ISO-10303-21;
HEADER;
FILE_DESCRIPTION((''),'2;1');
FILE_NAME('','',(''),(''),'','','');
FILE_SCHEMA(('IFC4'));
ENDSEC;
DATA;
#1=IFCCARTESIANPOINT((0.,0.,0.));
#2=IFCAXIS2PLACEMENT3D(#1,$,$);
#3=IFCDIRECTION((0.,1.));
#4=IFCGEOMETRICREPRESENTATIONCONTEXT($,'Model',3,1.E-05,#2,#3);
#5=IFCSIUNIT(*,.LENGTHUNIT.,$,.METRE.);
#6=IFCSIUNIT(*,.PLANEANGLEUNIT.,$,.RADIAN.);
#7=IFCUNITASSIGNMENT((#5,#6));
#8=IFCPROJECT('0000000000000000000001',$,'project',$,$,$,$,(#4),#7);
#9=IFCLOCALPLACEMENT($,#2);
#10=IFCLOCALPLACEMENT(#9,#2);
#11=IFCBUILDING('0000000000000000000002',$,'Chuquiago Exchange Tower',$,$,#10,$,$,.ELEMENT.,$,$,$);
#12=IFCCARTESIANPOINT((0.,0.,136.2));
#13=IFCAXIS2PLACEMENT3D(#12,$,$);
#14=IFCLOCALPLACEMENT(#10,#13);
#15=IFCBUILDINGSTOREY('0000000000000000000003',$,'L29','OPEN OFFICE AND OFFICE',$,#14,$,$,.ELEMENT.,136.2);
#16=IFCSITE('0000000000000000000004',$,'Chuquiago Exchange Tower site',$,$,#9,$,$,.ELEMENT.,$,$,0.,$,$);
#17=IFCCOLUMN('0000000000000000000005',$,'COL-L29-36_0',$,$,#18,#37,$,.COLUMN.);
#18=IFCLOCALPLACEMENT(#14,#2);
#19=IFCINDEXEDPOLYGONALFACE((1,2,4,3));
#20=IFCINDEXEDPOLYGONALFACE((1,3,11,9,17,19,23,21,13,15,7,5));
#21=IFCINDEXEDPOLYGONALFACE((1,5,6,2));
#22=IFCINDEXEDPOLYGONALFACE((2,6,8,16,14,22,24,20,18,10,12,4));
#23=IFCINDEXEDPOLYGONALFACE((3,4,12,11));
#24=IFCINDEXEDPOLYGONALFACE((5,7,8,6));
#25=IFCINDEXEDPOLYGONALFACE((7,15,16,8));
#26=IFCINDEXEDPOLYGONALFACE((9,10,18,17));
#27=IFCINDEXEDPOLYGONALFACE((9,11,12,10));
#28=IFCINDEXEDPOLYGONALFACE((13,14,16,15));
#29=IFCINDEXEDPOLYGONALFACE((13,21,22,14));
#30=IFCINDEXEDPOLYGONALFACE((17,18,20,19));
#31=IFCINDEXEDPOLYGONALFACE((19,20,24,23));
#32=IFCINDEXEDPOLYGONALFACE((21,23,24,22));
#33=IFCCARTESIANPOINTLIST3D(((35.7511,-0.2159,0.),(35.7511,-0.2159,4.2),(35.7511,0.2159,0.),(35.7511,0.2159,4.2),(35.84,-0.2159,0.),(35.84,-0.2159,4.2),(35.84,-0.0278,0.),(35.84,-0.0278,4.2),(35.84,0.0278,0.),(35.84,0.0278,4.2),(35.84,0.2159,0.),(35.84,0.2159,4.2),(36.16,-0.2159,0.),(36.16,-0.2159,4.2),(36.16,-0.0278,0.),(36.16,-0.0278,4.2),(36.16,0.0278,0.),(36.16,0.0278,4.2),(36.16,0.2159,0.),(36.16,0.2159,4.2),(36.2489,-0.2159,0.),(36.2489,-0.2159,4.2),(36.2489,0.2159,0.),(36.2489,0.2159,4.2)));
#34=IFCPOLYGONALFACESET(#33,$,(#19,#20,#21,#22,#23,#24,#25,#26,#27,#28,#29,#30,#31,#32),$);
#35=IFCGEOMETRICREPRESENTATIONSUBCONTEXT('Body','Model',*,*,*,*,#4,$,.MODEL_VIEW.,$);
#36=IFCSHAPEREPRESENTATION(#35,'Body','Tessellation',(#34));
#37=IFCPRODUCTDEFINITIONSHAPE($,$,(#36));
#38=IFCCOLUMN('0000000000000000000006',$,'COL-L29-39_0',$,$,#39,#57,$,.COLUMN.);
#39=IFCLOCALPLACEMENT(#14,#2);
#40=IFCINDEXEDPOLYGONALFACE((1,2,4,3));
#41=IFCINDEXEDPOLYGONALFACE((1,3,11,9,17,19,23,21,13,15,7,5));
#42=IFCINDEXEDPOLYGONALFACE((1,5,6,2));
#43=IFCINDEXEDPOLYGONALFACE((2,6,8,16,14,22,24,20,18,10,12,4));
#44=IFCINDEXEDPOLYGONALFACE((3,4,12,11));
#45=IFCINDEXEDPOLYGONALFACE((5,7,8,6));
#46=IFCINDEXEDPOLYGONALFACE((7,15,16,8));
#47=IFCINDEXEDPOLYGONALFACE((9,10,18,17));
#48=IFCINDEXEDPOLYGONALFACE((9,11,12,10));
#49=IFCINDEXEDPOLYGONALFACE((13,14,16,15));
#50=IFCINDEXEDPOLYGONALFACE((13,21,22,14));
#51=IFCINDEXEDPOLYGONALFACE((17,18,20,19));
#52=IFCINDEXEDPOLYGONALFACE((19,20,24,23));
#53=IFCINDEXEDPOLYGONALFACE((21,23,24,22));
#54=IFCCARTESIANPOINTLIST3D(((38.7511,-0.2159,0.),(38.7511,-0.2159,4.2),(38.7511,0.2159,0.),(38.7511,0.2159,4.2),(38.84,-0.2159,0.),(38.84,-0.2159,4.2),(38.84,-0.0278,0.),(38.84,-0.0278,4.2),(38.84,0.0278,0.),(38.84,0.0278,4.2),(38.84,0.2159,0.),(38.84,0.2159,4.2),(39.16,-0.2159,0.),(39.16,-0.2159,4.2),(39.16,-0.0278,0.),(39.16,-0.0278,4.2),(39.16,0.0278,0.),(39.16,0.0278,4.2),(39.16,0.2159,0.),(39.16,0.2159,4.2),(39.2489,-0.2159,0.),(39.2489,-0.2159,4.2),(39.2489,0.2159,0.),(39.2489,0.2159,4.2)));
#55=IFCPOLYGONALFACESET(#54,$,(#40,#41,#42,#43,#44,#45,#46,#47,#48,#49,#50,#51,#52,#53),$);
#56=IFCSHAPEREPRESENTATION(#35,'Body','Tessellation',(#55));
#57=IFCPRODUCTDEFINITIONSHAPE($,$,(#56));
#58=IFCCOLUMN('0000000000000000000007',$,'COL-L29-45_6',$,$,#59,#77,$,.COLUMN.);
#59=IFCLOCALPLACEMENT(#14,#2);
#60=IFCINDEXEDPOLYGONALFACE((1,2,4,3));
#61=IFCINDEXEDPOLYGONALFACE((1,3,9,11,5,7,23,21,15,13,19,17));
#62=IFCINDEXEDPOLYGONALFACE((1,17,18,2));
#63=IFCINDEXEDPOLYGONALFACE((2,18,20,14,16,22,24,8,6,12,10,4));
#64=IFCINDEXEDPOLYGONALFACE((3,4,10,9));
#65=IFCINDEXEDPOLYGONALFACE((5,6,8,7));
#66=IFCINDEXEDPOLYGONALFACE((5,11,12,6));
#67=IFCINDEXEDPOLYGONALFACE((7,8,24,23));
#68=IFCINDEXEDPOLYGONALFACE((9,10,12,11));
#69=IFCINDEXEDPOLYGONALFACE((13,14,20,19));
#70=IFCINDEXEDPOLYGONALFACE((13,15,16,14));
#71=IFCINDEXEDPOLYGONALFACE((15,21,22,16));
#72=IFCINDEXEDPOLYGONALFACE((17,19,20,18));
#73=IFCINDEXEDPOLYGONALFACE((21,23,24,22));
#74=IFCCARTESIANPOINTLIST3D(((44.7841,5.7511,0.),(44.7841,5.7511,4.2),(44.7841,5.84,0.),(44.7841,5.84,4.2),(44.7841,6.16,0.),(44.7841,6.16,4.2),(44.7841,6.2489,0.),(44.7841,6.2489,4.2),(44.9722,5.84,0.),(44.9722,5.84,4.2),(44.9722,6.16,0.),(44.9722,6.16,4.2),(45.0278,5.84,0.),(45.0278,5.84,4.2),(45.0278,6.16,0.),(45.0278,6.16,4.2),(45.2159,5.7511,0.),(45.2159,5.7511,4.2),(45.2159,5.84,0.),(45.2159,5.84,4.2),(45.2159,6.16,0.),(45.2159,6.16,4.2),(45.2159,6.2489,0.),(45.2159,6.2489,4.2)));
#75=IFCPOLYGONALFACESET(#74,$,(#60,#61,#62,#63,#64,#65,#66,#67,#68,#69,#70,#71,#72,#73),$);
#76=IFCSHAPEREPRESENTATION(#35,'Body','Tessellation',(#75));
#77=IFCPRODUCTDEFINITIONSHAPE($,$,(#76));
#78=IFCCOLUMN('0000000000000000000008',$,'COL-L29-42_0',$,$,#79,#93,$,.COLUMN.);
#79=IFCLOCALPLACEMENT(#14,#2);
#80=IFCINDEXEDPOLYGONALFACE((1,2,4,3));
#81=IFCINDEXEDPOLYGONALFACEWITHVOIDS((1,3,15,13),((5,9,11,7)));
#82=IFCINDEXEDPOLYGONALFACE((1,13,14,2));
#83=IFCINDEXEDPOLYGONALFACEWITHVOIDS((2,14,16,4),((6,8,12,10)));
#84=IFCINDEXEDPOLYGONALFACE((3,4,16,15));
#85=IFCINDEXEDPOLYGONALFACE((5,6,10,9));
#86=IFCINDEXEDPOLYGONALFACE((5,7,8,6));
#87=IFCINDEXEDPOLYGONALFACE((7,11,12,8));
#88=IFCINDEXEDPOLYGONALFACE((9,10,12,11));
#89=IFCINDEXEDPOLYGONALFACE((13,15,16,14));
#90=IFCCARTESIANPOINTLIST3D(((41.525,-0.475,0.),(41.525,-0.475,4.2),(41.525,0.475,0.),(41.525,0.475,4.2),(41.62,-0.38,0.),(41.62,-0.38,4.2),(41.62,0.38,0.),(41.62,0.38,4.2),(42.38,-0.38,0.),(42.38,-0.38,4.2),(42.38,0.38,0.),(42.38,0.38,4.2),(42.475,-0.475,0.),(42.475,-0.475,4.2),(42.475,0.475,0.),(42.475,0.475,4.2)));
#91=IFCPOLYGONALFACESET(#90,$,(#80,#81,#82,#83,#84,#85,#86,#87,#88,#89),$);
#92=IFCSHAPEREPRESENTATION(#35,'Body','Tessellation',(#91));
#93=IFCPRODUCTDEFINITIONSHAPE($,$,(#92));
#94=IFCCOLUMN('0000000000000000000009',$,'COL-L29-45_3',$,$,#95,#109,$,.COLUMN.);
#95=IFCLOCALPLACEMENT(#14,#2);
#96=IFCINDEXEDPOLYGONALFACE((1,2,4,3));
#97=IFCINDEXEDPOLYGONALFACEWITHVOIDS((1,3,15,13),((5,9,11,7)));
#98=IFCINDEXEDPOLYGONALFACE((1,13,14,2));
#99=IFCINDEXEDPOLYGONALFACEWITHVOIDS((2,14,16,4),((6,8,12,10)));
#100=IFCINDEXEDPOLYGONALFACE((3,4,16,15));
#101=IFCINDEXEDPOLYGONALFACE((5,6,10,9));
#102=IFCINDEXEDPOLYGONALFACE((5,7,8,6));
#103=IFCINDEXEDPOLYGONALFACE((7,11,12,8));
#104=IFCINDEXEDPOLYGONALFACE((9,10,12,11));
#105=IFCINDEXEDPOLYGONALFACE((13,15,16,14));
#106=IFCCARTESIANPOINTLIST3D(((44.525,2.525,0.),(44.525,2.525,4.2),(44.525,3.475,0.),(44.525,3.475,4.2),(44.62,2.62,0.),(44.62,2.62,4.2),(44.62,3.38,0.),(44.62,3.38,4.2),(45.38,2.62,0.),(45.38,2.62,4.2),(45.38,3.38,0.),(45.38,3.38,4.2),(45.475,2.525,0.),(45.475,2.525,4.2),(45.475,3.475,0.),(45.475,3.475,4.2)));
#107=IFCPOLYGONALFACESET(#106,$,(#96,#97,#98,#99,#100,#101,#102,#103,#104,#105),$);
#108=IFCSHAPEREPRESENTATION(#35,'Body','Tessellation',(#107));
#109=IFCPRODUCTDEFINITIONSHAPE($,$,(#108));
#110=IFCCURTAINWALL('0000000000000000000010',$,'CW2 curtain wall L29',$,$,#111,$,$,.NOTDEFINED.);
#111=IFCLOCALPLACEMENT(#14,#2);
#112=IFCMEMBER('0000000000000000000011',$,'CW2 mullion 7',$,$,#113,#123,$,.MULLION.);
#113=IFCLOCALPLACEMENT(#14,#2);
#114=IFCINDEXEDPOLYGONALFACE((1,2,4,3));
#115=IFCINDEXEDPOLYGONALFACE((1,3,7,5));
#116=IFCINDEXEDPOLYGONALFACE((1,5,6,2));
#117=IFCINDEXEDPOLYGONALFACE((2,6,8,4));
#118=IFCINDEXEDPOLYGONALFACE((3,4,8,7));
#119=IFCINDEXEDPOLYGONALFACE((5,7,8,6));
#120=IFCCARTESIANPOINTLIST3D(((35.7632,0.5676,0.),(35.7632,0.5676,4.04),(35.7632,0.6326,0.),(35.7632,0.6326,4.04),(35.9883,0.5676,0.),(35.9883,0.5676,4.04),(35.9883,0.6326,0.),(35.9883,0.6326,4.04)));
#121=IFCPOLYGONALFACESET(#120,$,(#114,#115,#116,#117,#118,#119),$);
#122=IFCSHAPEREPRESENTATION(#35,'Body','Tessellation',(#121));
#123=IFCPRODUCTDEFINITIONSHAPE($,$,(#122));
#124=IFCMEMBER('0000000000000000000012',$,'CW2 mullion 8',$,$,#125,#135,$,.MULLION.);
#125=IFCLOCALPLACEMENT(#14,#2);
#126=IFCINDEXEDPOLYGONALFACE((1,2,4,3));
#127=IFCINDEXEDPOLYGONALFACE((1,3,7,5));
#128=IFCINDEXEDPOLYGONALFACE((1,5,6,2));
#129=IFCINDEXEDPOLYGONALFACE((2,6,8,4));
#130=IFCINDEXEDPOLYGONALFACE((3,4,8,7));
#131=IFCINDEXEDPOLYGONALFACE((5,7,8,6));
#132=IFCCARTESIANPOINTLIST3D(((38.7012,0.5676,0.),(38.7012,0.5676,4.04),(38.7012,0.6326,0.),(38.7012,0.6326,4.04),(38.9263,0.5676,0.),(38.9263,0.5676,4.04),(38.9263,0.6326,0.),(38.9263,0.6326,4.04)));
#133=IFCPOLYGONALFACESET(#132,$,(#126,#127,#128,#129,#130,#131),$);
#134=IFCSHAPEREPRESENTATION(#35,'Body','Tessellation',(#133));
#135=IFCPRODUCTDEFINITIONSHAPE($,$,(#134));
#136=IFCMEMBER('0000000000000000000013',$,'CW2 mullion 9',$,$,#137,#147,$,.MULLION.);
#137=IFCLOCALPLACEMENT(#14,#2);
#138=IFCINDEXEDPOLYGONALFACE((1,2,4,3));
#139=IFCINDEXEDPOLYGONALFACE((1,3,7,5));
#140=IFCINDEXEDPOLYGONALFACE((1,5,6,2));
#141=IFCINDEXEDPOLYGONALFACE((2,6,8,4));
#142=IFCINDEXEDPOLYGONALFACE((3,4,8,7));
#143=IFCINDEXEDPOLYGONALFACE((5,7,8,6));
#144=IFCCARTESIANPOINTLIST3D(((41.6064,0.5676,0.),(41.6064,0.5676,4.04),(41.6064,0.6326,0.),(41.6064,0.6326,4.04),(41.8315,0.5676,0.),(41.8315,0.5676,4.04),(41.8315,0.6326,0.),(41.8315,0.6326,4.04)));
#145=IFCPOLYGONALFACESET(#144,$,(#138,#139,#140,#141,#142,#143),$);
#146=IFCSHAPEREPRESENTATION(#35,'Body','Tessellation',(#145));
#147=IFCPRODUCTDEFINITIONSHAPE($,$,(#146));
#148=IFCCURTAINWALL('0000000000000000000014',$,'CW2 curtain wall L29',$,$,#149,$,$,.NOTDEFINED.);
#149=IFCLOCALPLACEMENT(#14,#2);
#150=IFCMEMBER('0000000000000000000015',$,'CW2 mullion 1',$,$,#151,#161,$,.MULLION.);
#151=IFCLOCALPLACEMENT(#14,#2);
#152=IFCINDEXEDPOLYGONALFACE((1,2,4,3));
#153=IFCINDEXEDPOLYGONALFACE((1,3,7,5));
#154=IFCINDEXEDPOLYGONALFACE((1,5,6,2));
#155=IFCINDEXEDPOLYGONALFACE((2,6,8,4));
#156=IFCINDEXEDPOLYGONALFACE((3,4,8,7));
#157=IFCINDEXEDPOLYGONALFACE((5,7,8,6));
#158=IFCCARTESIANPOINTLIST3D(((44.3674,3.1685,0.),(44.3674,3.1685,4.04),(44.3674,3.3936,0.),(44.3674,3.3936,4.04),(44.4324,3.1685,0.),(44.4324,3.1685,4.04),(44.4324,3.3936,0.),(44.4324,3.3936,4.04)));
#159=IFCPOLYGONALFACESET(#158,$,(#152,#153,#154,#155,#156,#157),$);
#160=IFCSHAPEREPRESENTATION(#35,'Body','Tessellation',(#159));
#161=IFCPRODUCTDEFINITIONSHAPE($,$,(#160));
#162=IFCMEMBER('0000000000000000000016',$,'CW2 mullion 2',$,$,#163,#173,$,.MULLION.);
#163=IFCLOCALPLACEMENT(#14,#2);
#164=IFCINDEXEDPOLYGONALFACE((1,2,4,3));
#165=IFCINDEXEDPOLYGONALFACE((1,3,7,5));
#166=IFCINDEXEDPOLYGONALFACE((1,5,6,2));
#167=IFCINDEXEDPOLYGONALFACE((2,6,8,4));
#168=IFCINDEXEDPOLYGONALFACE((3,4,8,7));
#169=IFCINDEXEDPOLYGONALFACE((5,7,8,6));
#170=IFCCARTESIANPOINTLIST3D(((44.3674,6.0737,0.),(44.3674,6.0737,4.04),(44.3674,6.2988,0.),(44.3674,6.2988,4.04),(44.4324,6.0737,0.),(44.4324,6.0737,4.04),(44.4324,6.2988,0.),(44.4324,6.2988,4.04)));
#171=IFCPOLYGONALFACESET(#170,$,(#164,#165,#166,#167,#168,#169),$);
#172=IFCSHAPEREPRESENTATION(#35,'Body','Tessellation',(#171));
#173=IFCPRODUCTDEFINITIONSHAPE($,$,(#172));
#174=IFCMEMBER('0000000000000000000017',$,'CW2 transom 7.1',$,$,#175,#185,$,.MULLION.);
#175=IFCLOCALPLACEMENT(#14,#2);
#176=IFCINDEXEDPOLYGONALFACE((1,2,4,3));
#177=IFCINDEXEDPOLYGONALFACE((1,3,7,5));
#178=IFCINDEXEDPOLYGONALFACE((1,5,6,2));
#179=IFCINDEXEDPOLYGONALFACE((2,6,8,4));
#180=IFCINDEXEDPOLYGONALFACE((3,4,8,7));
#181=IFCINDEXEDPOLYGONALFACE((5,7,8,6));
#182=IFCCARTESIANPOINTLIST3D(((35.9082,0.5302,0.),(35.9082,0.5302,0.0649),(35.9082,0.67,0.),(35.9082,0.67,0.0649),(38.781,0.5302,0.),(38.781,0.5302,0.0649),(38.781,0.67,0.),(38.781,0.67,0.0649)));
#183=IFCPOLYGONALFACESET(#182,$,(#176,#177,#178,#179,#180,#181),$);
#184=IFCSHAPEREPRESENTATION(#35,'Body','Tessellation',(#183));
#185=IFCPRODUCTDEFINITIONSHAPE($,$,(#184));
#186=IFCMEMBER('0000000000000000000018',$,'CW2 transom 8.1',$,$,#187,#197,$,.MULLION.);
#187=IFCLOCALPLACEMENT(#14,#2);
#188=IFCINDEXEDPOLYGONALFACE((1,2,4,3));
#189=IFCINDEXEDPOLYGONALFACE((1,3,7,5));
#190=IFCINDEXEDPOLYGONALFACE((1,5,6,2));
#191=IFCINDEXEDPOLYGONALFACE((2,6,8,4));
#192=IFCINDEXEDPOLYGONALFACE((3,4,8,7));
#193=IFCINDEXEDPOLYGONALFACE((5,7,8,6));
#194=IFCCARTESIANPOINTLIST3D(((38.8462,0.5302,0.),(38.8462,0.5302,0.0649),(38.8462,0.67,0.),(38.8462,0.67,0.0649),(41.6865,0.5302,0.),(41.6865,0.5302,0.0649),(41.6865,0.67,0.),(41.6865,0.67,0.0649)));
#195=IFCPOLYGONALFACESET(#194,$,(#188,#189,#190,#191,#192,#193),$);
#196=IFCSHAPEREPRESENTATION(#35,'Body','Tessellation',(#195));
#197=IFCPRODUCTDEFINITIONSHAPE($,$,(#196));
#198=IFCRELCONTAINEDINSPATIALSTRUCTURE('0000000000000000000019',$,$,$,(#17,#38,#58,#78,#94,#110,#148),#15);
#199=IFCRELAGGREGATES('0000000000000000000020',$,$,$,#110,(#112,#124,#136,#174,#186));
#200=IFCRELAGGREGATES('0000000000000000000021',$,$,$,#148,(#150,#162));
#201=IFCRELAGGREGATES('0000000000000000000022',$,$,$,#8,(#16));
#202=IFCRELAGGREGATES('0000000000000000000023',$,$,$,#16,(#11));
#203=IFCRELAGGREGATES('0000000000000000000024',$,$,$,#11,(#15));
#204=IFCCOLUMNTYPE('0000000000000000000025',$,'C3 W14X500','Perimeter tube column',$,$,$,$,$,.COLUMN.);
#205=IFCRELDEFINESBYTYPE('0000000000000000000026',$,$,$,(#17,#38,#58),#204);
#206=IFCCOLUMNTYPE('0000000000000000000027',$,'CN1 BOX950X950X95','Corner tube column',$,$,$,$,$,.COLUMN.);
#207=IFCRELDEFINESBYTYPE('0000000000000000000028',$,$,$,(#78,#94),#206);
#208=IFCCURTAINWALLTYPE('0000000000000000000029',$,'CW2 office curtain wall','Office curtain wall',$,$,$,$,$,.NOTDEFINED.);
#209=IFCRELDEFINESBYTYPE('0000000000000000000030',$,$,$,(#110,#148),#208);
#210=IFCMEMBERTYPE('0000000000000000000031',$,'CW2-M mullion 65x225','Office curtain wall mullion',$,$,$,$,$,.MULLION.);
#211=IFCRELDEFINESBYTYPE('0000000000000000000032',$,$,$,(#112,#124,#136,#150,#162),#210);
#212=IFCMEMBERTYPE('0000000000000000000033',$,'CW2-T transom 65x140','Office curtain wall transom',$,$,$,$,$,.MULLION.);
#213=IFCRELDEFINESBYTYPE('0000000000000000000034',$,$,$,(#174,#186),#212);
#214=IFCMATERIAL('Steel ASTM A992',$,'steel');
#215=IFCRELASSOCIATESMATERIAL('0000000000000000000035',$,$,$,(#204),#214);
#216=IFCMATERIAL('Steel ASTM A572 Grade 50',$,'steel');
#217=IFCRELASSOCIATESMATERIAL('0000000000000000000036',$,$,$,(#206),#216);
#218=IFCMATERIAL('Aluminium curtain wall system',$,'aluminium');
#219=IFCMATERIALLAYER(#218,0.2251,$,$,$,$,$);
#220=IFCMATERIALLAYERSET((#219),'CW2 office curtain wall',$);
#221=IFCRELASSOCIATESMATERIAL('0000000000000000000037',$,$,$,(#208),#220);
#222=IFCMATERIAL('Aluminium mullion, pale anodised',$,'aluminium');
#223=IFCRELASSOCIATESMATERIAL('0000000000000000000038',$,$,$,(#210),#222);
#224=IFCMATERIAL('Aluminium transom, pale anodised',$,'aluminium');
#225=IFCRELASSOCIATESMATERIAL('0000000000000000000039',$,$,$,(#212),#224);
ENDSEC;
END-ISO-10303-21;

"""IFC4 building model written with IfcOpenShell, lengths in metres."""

from ifc_helpers import new_model, si_unit, direction, frame, origin, origin_2d, place, context, subcontext, project, spatial, rectangle, hollow_rectangle, i_section, extrude, material, layer, layer_set, material_profile, profile_set, type_object, element, aggregate, save


model = new_model("IFC4")

# Units and contexts
model_context = context("Model", 3, precision=1e-05, world=origin(), true_north=direction((0.0, 1.0)))
body_context = subcontext(model_context, "Body", "Model", "MODEL_VIEW")
ifc_project = project(units=[si_unit("LENGTHUNIT", "METRE"), si_unit("PLANEANGLEUNIT", "RADIAN")], contexts=[model_context])

# Site, building, storey
site_placement = place(None, origin())
site = spatial("IfcSite", under=ifc_project, at=site_placement, Name="Chuquiago Exchange Tower site", CompositionType="ELEMENT", RefElevation=0.0)
building_placement = place(site_placement, origin())
building = spatial("IfcBuilding", under=site, at=building_placement, Name="Chuquiago Exchange Tower", CompositionType="ELEMENT")
storey_placement = place(building_placement, frame((0.0, 0.0, 136.2)))
storey = spatial("IfcBuildingStorey", under=building, at=storey_placement, Name="L29", Description="OPEN OFFICE AND OFFICE", CompositionType="ELEMENT", Elevation=136.2)

# Columns
ifc_material_1 = material(Name="Steel ASTM A992", Category="steel")
ifc_material_profile_1 = material_profile(ifc_material_1, i_section(OverallWidth=0.4319, OverallDepth=0.4978, WebThickness=0.0557, FlangeThickness=0.0889, at=origin_2d()), Name="W14X500")
ifc_profile_set_1 = profile_set([ifc_material_profile_1], Name="Steel ASTM A992")
column_type_1 = type_object("IfcColumnType", Name="C3 W14X500", Description="Perimeter tube column", PredefinedType="COLUMN", material=ifc_profile_set_1)
for number, where, z_axis, x_axis, name in (
    (1, (36.0, 0.0, 0.0), (0.0, 0.0, 1.0), (0.0, -1.0, 0.0), "COL-L29-36_0"),
    (2, (39.0, 0.0, 0.0), (0.0, 0.0, 1.0), (0.0, -1.0, 0.0), "COL-L29-39_0"),
    (3, (45.0, 6.0, 0.0), (0.0, 0.0, 1.0), (1.0, 0.0, 0.0), "COL-L29-45_6"),
):
    element("IfcColumn", number, at=place(storey_placement, frame(where, z_axis=z_axis, x_axis=x_axis)), inside=storey, type_object=column_type_1, Name=name, PredefinedType="COLUMN", context=body_context, shape_type="SweptSolid", body=[
        extrude(i_section(OverallWidth=0.4319, OverallDepth=0.4978, WebThickness=0.0557, FlangeThickness=0.0889, at=origin_2d()), origin(), (0.0, 0.0, 1.0), 4.2),
    ])
ifc_material_2 = material(Name="Steel ASTM A572 Grade 50", Category="steel")
ifc_material_profile_2 = material_profile(ifc_material_2, hollow_rectangle(XDim=0.95, YDim=0.95, WallThickness=0.095, at=origin_2d()), Name="BOX950X950X95")
ifc_profile_set_2 = profile_set([ifc_material_profile_2], Name="Steel ASTM A572 Grade 50")
column_type_2 = type_object("IfcColumnType", Name="CN1 BOX950X950X95", Description="Corner tube column", PredefinedType="COLUMN", material=ifc_profile_set_2)
for number, where, z_axis, x_axis, name in (
    (4, (42.0, 0.0, 0.0), (0.0, 0.0, 1.0), (0.0, -1.0, 0.0), "COL-L29-42_0"),
    (5, (45.0, 3.0, 0.0), (0.0, 0.0, 1.0), (1.0, 0.0, 0.0), "COL-L29-45_3"),
):
    element("IfcColumn", number, at=place(storey_placement, frame(where, z_axis=z_axis, x_axis=x_axis)), inside=storey, type_object=column_type_2, Name=name, PredefinedType="COLUMN", context=body_context, shape_type="SweptSolid", body=[
        extrude(hollow_rectangle(XDim=0.95, YDim=0.95, WallThickness=0.095, at=origin_2d()), origin(), (0.0, 0.0, 1.0), 4.2),
    ])

# Curtain walls, members
ifc_material_3 = material(Name="Aluminium curtain wall system", Category="aluminium")
ifc_layer_1 = layer(ifc_material_3, 0.2251)
ifc_layer_set_1 = layer_set([ifc_layer_1], Name="CW2 office curtain wall")
curtain_wall_type_1 = type_object("IfcCurtainWallType", Name="CW2 office curtain wall", Description="Office curtain wall", PredefinedType="NOTDEFINED", material=ifc_layer_set_1)
curtain_wall_1_placement = place(storey_placement, origin())
curtain_wall_1 = element("IfcCurtainWall", 6, at=curtain_wall_1_placement, inside=storey, type_object=curtain_wall_type_1, Name="CW2 curtain wall L29", PredefinedType="NOTDEFINED")
ifc_material_4 = material(Name="Aluminium mullion, pale anodised", Category="aluminium")
ifc_material_profile_3 = material_profile(ifc_material_4, rectangle(XDim=0.0649, YDim=0.2251, at=origin_2d()), Name="AL 65x225")
ifc_profile_set_3 = profile_set([ifc_material_profile_3], Name="Aluminium mullion, pale anodised")
member_type_1 = type_object("IfcMemberType", Name="CW2-M mullion 65x225", Description="Office curtain wall mullion", PredefinedType="MULLION", material=ifc_profile_set_3)
member_1_placement = place(storey_placement, frame((35.8757, 0.6001, 0.0), z_axis=(0.0, 0.0, 1.0), x_axis=(0.0, 1.0, 0.0)))
member_1 = element("IfcMember", 7, at=member_1_placement, type_object=member_type_1, Name="CW2 mullion 7", PredefinedType="MULLION", context=body_context, shape_type="SweptSolid", body=[
    extrude(rectangle(XDim=0.0649, YDim=0.2251, at=origin_2d()), origin(), (0.0, 0.0, 1.0), 4.04),
])
member_2_placement = place(storey_placement, frame((38.8137, 0.6001, 0.0), z_axis=(0.0, 0.0, 1.0), x_axis=(0.0, 1.0, 0.0)))
member_2 = element("IfcMember", 8, at=member_2_placement, type_object=member_type_1, Name="CW2 mullion 8", PredefinedType="MULLION", context=body_context, shape_type="SweptSolid", body=[
    extrude(rectangle(XDim=0.0649, YDim=0.2251, at=origin_2d()), origin(), (0.0, 0.0, 1.0), 4.04),
])
member_3_placement = place(storey_placement, frame((41.719, 0.6001, 0.0), z_axis=(0.0, 0.0, 1.0), x_axis=(0.0, 1.0, 0.0)))
member_3 = element("IfcMember", 9, at=member_3_placement, type_object=member_type_1, Name="CW2 mullion 9", PredefinedType="MULLION", context=body_context, shape_type="SweptSolid", body=[
    extrude(rectangle(XDim=0.0649, YDim=0.2251, at=origin_2d()), origin(), (0.0, 0.0, 1.0), 4.04),
])
curtain_wall_2_placement = place(storey_placement, origin())
curtain_wall_2 = element("IfcCurtainWall", 10, at=curtain_wall_2_placement, inside=storey, type_object=curtain_wall_type_1, Name="CW2 curtain wall L29", PredefinedType="NOTDEFINED")
member_4_placement = place(storey_placement, frame((44.3999, 3.281, 0.0), z_axis=(0.0, 0.0, 1.0), x_axis=(-1.0, 0.0, 0.0)))
member_4 = element("IfcMember", 11, at=member_4_placement, type_object=member_type_1, Name="CW2 mullion 1", PredefinedType="MULLION", context=body_context, shape_type="SweptSolid", body=[
    extrude(rectangle(XDim=0.0649, YDim=0.2251, at=origin_2d()), origin(), (0.0, 0.0, 1.0), 4.04),
])
member_5_placement = place(storey_placement, frame((44.3999, 6.1863, 0.0), z_axis=(0.0, 0.0, 1.0), x_axis=(-1.0, 0.0, 0.0)))
member_5 = element("IfcMember", 12, at=member_5_placement, type_object=member_type_1, Name="CW2 mullion 2", PredefinedType="MULLION", context=body_context, shape_type="SweptSolid", body=[
    extrude(rectangle(XDim=0.0649, YDim=0.2251, at=origin_2d()), origin(), (0.0, 0.0, 1.0), 4.04),
])

# Members
ifc_material_5 = material(Name="Aluminium transom, pale anodised", Category="aluminium")
ifc_material_profile_4 = material_profile(ifc_material_5, rectangle(XDim=0.1399, YDim=0.0649, at=origin_2d()), Name="AL 140x65")
ifc_profile_set_4 = profile_set([ifc_material_profile_4], Name="Aluminium transom, pale anodised")
member_type_2 = type_object("IfcMemberType", Name="CW2-T transom 65x140", Description="Office curtain wall transom", PredefinedType="MULLION", material=ifc_profile_set_4)
member_6_placement = place(storey_placement, frame((35.9082, 0.6001, 0.0325), z_axis=(1.0, 0.0, 0.0), x_axis=(0.0, 1.0, 0.0)))
member_6 = element("IfcMember", 13, at=member_6_placement, type_object=member_type_2, Name="CW2 transom 7.1", PredefinedType="MULLION", context=body_context, shape_type="SweptSolid", body=[
    extrude(rectangle(XDim=0.1399, YDim=0.0649, at=origin_2d()), origin(), (0.0, 0.0, 1.0), 2.8728),
])
member_7_placement = place(storey_placement, frame((38.8462, 0.6001, 0.0325), z_axis=(1.0, 0.0, 0.0), x_axis=(0.0, 1.0, 0.0)))
member_7 = element("IfcMember", 14, at=member_7_placement, type_object=member_type_2, Name="CW2 transom 8.1", PredefinedType="MULLION", context=body_context, shape_type="SweptSolid", body=[
    extrude(rectangle(XDim=0.1399, YDim=0.0649, at=origin_2d()), origin(), (0.0, 0.0, 1.0), 2.8403),
])

aggregate(curtain_wall_1, [member_1, member_2, member_3, member_6, member_7])
aggregate(curtain_wall_2, [member_4, member_5])

save(model, "model.ifc")
